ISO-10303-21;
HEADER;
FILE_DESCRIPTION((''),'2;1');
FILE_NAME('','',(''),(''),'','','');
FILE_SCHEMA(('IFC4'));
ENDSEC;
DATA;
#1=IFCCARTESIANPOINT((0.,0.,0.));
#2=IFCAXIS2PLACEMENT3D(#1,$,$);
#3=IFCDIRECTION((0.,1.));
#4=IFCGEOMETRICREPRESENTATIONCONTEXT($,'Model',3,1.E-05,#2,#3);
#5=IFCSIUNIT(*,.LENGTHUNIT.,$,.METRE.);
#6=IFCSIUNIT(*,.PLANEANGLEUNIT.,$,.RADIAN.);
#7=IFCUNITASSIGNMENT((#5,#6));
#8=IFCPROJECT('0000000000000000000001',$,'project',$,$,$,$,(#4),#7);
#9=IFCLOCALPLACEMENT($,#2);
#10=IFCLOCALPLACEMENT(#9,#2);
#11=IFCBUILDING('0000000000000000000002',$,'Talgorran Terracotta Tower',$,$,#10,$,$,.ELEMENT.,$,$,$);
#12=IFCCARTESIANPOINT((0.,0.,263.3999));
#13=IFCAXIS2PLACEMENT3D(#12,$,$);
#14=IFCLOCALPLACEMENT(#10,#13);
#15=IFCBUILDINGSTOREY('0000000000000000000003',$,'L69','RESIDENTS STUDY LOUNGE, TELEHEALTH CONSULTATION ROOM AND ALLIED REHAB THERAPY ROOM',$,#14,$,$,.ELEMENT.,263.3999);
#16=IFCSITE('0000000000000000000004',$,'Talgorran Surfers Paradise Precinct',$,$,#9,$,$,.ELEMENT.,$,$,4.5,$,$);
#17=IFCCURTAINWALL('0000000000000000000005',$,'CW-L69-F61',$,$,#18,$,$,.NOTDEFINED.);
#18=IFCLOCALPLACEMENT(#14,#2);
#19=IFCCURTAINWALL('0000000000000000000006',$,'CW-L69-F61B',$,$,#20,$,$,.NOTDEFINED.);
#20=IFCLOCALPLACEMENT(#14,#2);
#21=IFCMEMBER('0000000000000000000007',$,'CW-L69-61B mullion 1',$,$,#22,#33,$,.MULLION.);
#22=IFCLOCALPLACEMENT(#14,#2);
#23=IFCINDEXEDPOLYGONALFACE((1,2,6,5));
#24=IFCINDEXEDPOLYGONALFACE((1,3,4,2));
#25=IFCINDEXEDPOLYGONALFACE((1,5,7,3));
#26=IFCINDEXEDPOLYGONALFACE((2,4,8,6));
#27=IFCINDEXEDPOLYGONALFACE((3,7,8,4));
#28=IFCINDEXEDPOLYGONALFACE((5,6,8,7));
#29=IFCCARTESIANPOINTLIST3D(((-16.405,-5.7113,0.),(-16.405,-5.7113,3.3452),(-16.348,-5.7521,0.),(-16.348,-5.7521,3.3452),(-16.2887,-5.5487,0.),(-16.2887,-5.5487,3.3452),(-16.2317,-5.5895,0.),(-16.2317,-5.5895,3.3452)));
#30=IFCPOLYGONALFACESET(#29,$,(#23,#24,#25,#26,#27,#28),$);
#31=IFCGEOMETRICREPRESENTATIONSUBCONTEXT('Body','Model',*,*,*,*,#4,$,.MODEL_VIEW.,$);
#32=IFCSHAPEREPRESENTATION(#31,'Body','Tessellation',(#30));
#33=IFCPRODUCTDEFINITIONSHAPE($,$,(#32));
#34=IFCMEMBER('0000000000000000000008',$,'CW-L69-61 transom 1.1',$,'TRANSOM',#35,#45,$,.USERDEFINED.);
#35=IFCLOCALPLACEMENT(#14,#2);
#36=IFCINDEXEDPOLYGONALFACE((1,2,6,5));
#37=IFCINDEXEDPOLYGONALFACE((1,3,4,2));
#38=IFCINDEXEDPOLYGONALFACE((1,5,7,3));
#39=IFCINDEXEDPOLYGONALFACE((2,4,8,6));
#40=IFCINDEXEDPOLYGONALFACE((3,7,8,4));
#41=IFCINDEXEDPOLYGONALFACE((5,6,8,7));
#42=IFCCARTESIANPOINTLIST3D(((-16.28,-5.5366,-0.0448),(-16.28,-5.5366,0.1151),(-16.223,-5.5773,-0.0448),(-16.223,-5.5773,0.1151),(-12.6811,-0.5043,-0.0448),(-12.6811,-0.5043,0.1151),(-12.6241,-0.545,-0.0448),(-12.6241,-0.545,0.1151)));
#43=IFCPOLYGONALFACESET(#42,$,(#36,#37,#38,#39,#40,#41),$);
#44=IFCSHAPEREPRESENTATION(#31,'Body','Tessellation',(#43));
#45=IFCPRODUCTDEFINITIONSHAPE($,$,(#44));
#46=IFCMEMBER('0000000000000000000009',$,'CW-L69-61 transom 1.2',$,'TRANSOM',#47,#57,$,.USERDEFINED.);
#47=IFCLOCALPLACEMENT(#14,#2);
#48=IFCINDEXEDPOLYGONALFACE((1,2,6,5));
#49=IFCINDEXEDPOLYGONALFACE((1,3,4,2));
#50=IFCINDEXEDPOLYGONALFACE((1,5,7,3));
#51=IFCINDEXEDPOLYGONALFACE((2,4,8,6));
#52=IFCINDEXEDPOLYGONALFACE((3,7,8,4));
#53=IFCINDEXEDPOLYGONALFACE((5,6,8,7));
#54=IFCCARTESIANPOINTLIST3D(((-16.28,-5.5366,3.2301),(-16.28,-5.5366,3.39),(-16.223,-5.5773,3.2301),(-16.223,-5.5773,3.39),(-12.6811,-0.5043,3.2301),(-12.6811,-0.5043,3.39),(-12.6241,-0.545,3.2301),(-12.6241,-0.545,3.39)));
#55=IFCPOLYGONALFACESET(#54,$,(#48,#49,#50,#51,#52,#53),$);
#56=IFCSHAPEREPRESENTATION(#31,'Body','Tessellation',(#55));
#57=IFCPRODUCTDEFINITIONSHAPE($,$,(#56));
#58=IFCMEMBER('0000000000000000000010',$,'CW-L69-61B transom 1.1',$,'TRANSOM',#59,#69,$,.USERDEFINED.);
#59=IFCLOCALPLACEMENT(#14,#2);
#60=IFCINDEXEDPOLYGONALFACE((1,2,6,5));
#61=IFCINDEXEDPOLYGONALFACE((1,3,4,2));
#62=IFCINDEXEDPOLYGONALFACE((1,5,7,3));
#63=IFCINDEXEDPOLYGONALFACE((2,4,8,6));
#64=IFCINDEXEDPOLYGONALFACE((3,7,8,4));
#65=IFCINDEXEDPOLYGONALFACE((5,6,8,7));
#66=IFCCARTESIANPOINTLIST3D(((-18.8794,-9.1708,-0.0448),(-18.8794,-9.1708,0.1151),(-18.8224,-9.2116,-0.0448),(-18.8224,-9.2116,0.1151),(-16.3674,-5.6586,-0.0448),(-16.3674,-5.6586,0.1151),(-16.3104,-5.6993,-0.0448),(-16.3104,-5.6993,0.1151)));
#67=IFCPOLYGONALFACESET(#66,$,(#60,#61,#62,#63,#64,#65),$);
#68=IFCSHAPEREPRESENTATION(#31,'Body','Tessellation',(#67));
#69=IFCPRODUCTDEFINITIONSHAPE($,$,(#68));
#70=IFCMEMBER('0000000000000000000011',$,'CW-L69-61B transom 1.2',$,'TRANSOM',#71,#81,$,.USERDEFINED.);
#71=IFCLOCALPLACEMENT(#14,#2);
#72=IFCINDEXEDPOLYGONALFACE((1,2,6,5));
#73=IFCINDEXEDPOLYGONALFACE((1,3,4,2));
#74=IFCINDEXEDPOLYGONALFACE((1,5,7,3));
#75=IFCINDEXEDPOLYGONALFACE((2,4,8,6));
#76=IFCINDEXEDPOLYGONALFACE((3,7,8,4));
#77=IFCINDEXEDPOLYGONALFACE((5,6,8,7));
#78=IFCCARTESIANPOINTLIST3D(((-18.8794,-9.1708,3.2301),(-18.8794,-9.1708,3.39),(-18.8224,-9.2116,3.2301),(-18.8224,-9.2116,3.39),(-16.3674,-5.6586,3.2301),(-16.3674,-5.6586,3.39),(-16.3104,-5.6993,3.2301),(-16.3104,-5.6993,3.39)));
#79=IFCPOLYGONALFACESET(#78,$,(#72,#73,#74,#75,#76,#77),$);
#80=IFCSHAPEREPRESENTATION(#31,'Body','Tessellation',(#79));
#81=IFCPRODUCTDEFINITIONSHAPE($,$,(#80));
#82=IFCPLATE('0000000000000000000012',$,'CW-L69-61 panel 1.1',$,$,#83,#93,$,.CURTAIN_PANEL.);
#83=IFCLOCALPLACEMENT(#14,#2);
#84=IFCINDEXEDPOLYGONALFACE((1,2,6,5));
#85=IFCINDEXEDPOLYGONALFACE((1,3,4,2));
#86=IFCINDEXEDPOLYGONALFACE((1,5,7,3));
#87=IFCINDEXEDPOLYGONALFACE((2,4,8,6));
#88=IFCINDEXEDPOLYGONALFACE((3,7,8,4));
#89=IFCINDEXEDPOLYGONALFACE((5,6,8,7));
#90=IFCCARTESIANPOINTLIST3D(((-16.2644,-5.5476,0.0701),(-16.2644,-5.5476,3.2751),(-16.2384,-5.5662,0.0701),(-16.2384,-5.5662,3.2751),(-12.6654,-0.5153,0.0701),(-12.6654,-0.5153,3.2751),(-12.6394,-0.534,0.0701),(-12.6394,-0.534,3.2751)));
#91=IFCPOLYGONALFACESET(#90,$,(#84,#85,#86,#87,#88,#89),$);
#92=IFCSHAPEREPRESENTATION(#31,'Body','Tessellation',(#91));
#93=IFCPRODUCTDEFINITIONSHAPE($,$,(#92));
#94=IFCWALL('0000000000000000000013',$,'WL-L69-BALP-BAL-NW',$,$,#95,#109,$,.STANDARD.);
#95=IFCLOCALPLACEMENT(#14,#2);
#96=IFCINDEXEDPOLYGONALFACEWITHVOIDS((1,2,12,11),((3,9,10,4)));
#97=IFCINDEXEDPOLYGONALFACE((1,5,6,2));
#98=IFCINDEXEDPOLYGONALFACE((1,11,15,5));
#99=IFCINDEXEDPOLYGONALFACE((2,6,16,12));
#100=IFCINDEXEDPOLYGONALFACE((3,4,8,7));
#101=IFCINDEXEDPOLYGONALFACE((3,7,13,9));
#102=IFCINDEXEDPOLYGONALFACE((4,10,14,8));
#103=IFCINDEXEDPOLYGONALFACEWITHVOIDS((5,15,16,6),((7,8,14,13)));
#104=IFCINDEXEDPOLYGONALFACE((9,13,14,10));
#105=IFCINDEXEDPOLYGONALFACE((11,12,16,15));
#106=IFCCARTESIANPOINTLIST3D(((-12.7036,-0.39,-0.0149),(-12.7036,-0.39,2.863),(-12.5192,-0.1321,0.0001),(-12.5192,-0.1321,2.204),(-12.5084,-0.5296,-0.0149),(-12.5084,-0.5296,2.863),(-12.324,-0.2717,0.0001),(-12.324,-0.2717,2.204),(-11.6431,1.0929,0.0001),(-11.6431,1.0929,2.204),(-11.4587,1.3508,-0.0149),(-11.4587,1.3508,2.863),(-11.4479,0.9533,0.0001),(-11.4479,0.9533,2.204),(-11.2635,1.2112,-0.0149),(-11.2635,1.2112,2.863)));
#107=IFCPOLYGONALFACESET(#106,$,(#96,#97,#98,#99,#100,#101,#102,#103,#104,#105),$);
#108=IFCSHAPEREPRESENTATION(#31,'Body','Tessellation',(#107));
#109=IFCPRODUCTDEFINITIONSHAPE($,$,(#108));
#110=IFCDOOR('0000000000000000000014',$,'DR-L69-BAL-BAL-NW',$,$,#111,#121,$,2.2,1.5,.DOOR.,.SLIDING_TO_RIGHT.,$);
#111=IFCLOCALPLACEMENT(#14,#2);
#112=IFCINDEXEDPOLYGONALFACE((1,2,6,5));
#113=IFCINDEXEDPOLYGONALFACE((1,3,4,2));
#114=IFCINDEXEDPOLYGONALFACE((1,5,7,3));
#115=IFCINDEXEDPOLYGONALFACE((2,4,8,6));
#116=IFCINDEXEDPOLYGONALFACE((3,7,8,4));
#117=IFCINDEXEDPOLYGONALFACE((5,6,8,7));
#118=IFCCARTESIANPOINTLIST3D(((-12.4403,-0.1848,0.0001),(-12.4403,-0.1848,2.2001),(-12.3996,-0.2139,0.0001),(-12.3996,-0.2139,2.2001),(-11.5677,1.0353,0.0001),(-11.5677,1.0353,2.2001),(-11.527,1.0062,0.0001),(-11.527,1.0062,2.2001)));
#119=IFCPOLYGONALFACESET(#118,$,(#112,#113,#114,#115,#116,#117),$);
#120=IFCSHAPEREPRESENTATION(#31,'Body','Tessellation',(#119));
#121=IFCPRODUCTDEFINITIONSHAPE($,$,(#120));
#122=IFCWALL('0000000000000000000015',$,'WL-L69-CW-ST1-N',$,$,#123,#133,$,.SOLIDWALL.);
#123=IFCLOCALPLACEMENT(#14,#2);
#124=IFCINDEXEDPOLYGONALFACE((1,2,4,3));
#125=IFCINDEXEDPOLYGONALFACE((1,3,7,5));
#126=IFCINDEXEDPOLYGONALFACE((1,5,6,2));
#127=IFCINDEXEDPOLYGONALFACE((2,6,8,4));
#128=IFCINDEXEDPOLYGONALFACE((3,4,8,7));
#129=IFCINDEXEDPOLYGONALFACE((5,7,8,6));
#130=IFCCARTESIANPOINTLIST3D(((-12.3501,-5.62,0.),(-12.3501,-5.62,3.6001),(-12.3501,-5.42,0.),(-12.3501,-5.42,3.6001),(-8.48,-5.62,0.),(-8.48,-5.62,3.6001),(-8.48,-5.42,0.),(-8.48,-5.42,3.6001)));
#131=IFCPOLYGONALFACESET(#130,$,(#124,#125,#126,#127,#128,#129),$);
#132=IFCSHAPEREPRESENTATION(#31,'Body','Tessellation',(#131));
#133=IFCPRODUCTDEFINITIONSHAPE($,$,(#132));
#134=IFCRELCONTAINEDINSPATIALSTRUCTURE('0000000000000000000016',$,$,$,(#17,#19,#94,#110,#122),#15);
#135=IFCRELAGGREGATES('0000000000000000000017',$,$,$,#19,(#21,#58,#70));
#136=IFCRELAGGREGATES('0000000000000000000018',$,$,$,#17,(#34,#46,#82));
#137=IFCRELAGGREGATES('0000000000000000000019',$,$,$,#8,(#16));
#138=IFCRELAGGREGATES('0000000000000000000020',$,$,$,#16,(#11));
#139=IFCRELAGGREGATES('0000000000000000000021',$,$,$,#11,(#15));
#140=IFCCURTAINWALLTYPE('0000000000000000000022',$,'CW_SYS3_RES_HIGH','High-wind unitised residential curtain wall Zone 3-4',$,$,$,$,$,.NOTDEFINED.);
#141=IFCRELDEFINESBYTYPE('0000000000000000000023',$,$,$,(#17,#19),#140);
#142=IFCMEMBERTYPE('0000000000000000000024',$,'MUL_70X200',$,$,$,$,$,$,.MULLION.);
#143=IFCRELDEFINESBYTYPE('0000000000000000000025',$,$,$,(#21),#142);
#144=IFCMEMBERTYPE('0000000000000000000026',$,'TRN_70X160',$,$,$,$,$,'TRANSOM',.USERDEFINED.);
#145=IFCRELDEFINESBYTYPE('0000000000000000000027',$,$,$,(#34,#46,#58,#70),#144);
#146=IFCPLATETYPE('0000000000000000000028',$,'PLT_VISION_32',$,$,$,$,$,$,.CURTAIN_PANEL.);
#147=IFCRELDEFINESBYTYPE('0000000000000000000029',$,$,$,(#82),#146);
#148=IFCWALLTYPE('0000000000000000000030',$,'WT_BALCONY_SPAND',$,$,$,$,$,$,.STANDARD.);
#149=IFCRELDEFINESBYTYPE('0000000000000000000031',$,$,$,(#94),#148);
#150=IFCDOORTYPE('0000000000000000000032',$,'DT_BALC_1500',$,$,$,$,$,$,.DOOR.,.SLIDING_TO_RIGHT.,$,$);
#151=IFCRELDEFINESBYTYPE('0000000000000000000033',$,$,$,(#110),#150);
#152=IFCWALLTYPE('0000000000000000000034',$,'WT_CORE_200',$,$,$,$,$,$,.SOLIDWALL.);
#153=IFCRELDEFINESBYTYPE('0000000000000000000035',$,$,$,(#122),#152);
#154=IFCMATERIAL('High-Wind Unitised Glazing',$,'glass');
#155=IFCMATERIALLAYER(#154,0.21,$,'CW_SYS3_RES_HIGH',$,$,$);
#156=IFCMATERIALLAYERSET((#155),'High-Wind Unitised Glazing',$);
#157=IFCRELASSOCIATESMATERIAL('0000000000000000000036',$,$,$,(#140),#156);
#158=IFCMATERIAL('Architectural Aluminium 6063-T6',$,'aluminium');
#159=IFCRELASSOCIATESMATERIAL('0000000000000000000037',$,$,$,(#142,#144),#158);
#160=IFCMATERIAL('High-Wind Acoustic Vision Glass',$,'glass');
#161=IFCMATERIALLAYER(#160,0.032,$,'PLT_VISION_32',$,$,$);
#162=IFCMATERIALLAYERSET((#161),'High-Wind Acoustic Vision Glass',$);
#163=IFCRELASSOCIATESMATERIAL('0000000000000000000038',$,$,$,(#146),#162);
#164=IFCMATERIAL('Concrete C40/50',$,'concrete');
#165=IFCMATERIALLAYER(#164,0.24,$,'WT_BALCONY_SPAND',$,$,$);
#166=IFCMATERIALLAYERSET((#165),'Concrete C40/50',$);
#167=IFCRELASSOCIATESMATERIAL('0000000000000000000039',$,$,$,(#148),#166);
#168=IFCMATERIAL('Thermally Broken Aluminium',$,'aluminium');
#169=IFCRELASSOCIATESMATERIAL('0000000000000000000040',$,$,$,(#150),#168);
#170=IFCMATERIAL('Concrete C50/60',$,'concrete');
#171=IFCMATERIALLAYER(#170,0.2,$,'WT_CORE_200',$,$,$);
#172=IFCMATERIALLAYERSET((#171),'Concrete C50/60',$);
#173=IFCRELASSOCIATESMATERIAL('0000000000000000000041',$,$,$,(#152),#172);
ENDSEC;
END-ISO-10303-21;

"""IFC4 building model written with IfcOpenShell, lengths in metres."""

from ifc_helpers import new_model, si_unit, direction, frame, frame_2d, origin, origin_2d, place, context, subcontext, project, spatial, rectangle, extrude, source, transform, mapped, material, layer, layer_set, material_profile, profile_set, type_object, type_shapes, element, fill, aggregate, save


model = new_model("IFC4")

# Units and contexts
model_context = context("Model", 3, precision=1e-05, world=origin(), true_north=direction((0.0, 1.0)))
body_context = subcontext(model_context, "Body", "Model", "MODEL_VIEW")
ifc_project = project(units=[si_unit("LENGTHUNIT", "METRE"), si_unit("PLANEANGLEUNIT", "RADIAN")], contexts=[model_context])

# Site, building, storey
site_placement = place(None, origin())
site = spatial("IfcSite", under=ifc_project, at=site_placement, Name="Talgorran Surfers Paradise Precinct", CompositionType="ELEMENT", RefElevation=4.5)
building_placement = place(site_placement, origin())
building = spatial("IfcBuilding", under=site, at=building_placement, Name="Talgorran Terracotta Tower", CompositionType="ELEMENT")
storey_placement = place(building_placement, frame((0.0, 0.0, 263.3999)))
storey = spatial("IfcBuildingStorey", under=building, at=storey_placement, Name="L69", Description="RESIDENTS STUDY LOUNGE, TELEHEALTH CONSULTATION ROOM AND ALLIED REHAB THERAPY ROOM", CompositionType="ELEMENT", Elevation=263.3999)

# Curtain wall
ifc_material_1 = material(Name="High-Wind Unitised Glazing", Category="glass")
ifc_layer_1 = layer(ifc_material_1, 0.21, Name="CW_SYS3_RES_HIGH")
ifc_layer_set_1 = layer_set([ifc_layer_1], Name="High-Wind Unitised Glazing")
curtain_wall_type = type_object("IfcCurtainWallType", Name="CW_SYS3_RES_HIGH", Description="High-wind unitised residential curtain wall Zone 3-4", PredefinedType="NOTDEFINED", material=ifc_layer_set_1)
curtain_wall_1_placement = place(storey_placement, origin())
curtain_wall_1 = element("IfcCurtainWall", 1, at=curtain_wall_1_placement, inside=storey, type_object=curtain_wall_type, Name="CW-L69-F61", PredefinedType="NOTDEFINED")
ifc_material_2 = material(Name="Architectural Aluminium 6063-T6", Category="aluminium")
ifc_material_profile_1 = material_profile(ifc_material_2, rectangle(XDim=0.0701, YDim=0.2, at=origin_2d()), Name="CWM70X200")
ifc_profile_set_1 = profile_set([ifc_material_profile_1], Name="Architectural Aluminium 6063-T6")
member_type_1 = type_object("IfcMemberType", Name="MUL_70X200", PredefinedType="MULLION", material=ifc_profile_set_1)

# Curtain wall, member
curtain_wall_2_placement = place(storey_placement, origin())
curtain_wall_2 = element("IfcCurtainWall", 2, at=curtain_wall_2_placement, inside=storey, type_object=curtain_wall_type, Name="CW-L69-F61B", PredefinedType="NOTDEFINED")
member_1_placement = place(storey_placement, frame((-16.3184, -5.6504, 0.0), z_axis=(0.0, 0.0, 1.0), x_axis=(0.81338, -0.581732, 0.0)))
member_1 = element("IfcMember", 3, at=member_1_placement, type_object=member_type_1, Name="CW-L69-61B mullion 1", PredefinedType="MULLION", context=body_context, shape_type="SweptSolid", body=[
    extrude(rectangle(XDim=0.0701, YDim=0.2, at=origin_2d()), origin(), (0.0, 0.0, 1.0), 3.3452),
])

# Members
ifc_material_profile_2 = material_profile(ifc_material_2, rectangle(XDim=0.0701, YDim=0.1599, at=origin_2d()), Name="CWT70X160")
ifc_profile_set_2 = profile_set([ifc_material_profile_2], Name="Architectural Aluminium 6063-T6")
member_type_2 = type_object("IfcMemberType", Name="TRN_70X160", ElementType="TRANSOM", PredefinedType="USERDEFINED", material=ifc_profile_set_2)
member_2_placement = place(storey_placement, frame((-12.6526, -0.5247, 0.0352), z_axis=(-0.581712, -0.813395, 0.0), x_axis=(0.813395, -0.581712, 0.0)))
member_2 = element("IfcMember", 4, at=member_2_placement, type_object=member_type_2, Name="CW-L69-61 transom 1.1", ObjectType="TRANSOM", PredefinedType="USERDEFINED", context=body_context, shape_type="SweptSolid", body=[
    extrude(rectangle(XDim=0.0701, YDim=0.1599, at=origin_2d()), origin(), (0.0, 0.0, 1.0), 6.1868),
])
member_3_placement = place(storey_placement, frame((-12.6526, -0.5247, 3.3101), z_axis=(-0.581712, -0.813395, 0.0), x_axis=(0.813395, -0.581712, 0.0)))
member_3 = element("IfcMember", 5, at=member_3_placement, type_object=member_type_2, Name="CW-L69-61 transom 1.2", ObjectType="TRANSOM", PredefinedType="USERDEFINED", context=body_context, shape_type="SweptSolid", body=[
    extrude(rectangle(XDim=0.0701, YDim=0.1599, at=origin_2d()), origin(), (0.0, 0.0, 1.0), 6.1868),
])
member_4_placement = place(storey_placement, frame((-16.3389, -5.679, 0.0352), z_axis=(-0.581735, -0.813378, 0.0), x_axis=(0.813378, -0.581735, 0.0)))
member_4 = element("IfcMember", 6, at=member_4_placement, type_object=member_type_2, Name="CW-L69-61B transom 1.1", ObjectType="TRANSOM", PredefinedType="USERDEFINED", context=body_context, shape_type="SweptSolid", body=[
    extrude(rectangle(XDim=0.0701, YDim=0.1599, at=origin_2d()), origin(), (0.0, 0.0, 1.0), 4.3181),
])
member_5_placement = place(storey_placement, frame((-16.3389, -5.679, 3.3101), z_axis=(-0.581735, -0.813378, 0.0), x_axis=(0.813378, -0.581735, 0.0)))
member_5 = element("IfcMember", 7, at=member_5_placement, type_object=member_type_2, Name="CW-L69-61B transom 1.2", ObjectType="TRANSOM", PredefinedType="USERDEFINED", context=body_context, shape_type="SweptSolid", body=[
    extrude(rectangle(XDim=0.0701, YDim=0.1599, at=origin_2d()), origin(), (0.0, 0.0, 1.0), 4.3181),
])
aggregate(curtain_wall_2, [member_1, member_4, member_5])

# Plate
ifc_material_3 = material(Name="High-Wind Acoustic Vision Glass", Category="glass")
ifc_layer_2 = layer(ifc_material_3, 0.032, Name="PLT_VISION_32")
ifc_layer_set_2 = layer_set([ifc_layer_2], Name="High-Wind Acoustic Vision Glass")
plate_type = type_object("IfcPlateType", Name="PLT_VISION_32", PredefinedType="CURTAIN_PANEL", material=ifc_layer_set_2)
shared_shape = source(origin(), body_context, "Body", "SweptSolid", [
    extrude(rectangle(XDim=6.1868, YDim=0.032, at=origin_2d()), origin(), (0.0, 0.0, 1.0), 3.2051),
])
type_shapes(plate_type, [shared_shape])
plate_placement = place(storey_placement, frame((-14.4519, -3.0408, 0.0701), z_axis=(0.0, 0.0, 1.0), x_axis=(-0.581721, -0.813388, 0.0)))
plate = element("IfcPlate", 8, at=plate_placement, type_object=plate_type, Name="CW-L69-61 panel 1.1", PredefinedType="CURTAIN_PANEL", context=body_context, shape_type="MappedRepresentation", body=[
    mapped(shared_shape, transform((0.0, 0.0, 0.0), scale=1.0)),
])
aggregate(curtain_wall_1, [member_2, member_3, plate])

# Wall, opening, door
ifc_material_4 = material(Name="Concrete C40/50", Category="concrete")
ifc_layer_3 = layer(ifc_material_4, 0.24, Name="WT_BALCONY_SPAND")
ifc_layer_set_3 = layer_set([ifc_layer_3], Name="Concrete C40/50")
wall_type_1 = type_object("IfcWallType", Name="WT_BALCONY_SPAND", PredefinedType="STANDARD", material=ifc_layer_set_3)
wall_1_placement = place(storey_placement, frame((-11.3611, 1.281, -0.0149), z_axis=(0.0, 0.0, 1.0), x_axis=(-0.581702, -0.813402, 0.0)))
wall_1 = element("IfcWall", 9, at=wall_1_placement, inside=storey, type_object=wall_type_1, Name="WL-L69-BALP-BAL-NW", PredefinedType="STANDARD", context=body_context, shape_type="SweptSolid", body=[
    extrude(rectangle(XDim=2.1401, YDim=0.24, at=frame_2d((1.0701, 0.0))), origin(), (0.0, 0.0, 1.0), 2.8779),
])
opening_1_placement = place(wall_1_placement, frame((0.3201, 0.0, 0.0149)))
opening_1 = element("IfcOpeningElement", 10, at=opening_1_placement, cuts=wall_1, PredefinedType="OPENING", context=body_context, shape_type="SweptSolid", body=[
    extrude(rectangle(XDim=1.506, YDim=2.204, at=frame_2d((0.75, 1.1021))), frame((0.0, 0.1299, 0.0), z_axis=(0.0, -1.0, 0.0), x_axis=(1.0, 0.0, 0.0)), (0.0, 0.0, 1.0), 0.26),
])
ifc_material_5 = material(Name="Thermally Broken Aluminium", Category="aluminium")
door_type_1 = type_object("IfcDoorType", Name="DT_BALC_1500", OperationType="SLIDING_TO_RIGHT", PredefinedType="DOOR", material=ifc_material_5)
door_1_placement = place(opening_1_placement, origin())
door_1 = element("IfcDoor", 11, at=door_1_placement, inside=storey, type_object=door_type_1, Name="DR-L69-BAL-BAL-NW", OperationType="SLIDING_TO_RIGHT", OverallHeight=2.2, OverallWidth=1.5, PredefinedType="DOOR", context=body_context, shape_type="SweptSolid", body=[
    extrude(rectangle(XDim=1.5, YDim=2.2, at=frame_2d((0.75, 1.1001))), frame((0.0, 0.0249, 0.0), z_axis=(0.0, -1.0, 0.0), x_axis=(1.0, 0.0, 0.0)), (0.0, 0.0, 1.0), 0.05),
])
fill(opening_1, door_1)

# Wall
ifc_material_6 = material(Name="Concrete C50/60", Category="concrete")
ifc_layer_4 = layer(ifc_material_6, 0.2, Name="WT_CORE_200")
ifc_layer_set_4 = layer_set([ifc_layer_4], Name="Concrete C50/60")
wall_type_2 = type_object("IfcWallType", Name="WT_CORE_200", PredefinedType="SOLIDWALL", material=ifc_layer_set_4)
wall_2_placement = place(storey_placement, frame((-12.3501, -5.52, 0.0), z_axis=(0.0, 0.0, 1.0), x_axis=(1.0, 0.0, 0.0)))
element("IfcWall", 12, at=wall_2_placement, inside=storey, type_object=wall_type_2, Name="WL-L69-CW-ST1-N", PredefinedType="SOLIDWALL", context=body_context, shape_type="SweptSolid", body=[
    extrude(rectangle(XDim=3.8701, YDim=0.2, at=frame_2d((1.9351, 0.0))), origin(), (0.0, 0.0, 1.0), 3.6001),
])

save(model, "model.ifc")
